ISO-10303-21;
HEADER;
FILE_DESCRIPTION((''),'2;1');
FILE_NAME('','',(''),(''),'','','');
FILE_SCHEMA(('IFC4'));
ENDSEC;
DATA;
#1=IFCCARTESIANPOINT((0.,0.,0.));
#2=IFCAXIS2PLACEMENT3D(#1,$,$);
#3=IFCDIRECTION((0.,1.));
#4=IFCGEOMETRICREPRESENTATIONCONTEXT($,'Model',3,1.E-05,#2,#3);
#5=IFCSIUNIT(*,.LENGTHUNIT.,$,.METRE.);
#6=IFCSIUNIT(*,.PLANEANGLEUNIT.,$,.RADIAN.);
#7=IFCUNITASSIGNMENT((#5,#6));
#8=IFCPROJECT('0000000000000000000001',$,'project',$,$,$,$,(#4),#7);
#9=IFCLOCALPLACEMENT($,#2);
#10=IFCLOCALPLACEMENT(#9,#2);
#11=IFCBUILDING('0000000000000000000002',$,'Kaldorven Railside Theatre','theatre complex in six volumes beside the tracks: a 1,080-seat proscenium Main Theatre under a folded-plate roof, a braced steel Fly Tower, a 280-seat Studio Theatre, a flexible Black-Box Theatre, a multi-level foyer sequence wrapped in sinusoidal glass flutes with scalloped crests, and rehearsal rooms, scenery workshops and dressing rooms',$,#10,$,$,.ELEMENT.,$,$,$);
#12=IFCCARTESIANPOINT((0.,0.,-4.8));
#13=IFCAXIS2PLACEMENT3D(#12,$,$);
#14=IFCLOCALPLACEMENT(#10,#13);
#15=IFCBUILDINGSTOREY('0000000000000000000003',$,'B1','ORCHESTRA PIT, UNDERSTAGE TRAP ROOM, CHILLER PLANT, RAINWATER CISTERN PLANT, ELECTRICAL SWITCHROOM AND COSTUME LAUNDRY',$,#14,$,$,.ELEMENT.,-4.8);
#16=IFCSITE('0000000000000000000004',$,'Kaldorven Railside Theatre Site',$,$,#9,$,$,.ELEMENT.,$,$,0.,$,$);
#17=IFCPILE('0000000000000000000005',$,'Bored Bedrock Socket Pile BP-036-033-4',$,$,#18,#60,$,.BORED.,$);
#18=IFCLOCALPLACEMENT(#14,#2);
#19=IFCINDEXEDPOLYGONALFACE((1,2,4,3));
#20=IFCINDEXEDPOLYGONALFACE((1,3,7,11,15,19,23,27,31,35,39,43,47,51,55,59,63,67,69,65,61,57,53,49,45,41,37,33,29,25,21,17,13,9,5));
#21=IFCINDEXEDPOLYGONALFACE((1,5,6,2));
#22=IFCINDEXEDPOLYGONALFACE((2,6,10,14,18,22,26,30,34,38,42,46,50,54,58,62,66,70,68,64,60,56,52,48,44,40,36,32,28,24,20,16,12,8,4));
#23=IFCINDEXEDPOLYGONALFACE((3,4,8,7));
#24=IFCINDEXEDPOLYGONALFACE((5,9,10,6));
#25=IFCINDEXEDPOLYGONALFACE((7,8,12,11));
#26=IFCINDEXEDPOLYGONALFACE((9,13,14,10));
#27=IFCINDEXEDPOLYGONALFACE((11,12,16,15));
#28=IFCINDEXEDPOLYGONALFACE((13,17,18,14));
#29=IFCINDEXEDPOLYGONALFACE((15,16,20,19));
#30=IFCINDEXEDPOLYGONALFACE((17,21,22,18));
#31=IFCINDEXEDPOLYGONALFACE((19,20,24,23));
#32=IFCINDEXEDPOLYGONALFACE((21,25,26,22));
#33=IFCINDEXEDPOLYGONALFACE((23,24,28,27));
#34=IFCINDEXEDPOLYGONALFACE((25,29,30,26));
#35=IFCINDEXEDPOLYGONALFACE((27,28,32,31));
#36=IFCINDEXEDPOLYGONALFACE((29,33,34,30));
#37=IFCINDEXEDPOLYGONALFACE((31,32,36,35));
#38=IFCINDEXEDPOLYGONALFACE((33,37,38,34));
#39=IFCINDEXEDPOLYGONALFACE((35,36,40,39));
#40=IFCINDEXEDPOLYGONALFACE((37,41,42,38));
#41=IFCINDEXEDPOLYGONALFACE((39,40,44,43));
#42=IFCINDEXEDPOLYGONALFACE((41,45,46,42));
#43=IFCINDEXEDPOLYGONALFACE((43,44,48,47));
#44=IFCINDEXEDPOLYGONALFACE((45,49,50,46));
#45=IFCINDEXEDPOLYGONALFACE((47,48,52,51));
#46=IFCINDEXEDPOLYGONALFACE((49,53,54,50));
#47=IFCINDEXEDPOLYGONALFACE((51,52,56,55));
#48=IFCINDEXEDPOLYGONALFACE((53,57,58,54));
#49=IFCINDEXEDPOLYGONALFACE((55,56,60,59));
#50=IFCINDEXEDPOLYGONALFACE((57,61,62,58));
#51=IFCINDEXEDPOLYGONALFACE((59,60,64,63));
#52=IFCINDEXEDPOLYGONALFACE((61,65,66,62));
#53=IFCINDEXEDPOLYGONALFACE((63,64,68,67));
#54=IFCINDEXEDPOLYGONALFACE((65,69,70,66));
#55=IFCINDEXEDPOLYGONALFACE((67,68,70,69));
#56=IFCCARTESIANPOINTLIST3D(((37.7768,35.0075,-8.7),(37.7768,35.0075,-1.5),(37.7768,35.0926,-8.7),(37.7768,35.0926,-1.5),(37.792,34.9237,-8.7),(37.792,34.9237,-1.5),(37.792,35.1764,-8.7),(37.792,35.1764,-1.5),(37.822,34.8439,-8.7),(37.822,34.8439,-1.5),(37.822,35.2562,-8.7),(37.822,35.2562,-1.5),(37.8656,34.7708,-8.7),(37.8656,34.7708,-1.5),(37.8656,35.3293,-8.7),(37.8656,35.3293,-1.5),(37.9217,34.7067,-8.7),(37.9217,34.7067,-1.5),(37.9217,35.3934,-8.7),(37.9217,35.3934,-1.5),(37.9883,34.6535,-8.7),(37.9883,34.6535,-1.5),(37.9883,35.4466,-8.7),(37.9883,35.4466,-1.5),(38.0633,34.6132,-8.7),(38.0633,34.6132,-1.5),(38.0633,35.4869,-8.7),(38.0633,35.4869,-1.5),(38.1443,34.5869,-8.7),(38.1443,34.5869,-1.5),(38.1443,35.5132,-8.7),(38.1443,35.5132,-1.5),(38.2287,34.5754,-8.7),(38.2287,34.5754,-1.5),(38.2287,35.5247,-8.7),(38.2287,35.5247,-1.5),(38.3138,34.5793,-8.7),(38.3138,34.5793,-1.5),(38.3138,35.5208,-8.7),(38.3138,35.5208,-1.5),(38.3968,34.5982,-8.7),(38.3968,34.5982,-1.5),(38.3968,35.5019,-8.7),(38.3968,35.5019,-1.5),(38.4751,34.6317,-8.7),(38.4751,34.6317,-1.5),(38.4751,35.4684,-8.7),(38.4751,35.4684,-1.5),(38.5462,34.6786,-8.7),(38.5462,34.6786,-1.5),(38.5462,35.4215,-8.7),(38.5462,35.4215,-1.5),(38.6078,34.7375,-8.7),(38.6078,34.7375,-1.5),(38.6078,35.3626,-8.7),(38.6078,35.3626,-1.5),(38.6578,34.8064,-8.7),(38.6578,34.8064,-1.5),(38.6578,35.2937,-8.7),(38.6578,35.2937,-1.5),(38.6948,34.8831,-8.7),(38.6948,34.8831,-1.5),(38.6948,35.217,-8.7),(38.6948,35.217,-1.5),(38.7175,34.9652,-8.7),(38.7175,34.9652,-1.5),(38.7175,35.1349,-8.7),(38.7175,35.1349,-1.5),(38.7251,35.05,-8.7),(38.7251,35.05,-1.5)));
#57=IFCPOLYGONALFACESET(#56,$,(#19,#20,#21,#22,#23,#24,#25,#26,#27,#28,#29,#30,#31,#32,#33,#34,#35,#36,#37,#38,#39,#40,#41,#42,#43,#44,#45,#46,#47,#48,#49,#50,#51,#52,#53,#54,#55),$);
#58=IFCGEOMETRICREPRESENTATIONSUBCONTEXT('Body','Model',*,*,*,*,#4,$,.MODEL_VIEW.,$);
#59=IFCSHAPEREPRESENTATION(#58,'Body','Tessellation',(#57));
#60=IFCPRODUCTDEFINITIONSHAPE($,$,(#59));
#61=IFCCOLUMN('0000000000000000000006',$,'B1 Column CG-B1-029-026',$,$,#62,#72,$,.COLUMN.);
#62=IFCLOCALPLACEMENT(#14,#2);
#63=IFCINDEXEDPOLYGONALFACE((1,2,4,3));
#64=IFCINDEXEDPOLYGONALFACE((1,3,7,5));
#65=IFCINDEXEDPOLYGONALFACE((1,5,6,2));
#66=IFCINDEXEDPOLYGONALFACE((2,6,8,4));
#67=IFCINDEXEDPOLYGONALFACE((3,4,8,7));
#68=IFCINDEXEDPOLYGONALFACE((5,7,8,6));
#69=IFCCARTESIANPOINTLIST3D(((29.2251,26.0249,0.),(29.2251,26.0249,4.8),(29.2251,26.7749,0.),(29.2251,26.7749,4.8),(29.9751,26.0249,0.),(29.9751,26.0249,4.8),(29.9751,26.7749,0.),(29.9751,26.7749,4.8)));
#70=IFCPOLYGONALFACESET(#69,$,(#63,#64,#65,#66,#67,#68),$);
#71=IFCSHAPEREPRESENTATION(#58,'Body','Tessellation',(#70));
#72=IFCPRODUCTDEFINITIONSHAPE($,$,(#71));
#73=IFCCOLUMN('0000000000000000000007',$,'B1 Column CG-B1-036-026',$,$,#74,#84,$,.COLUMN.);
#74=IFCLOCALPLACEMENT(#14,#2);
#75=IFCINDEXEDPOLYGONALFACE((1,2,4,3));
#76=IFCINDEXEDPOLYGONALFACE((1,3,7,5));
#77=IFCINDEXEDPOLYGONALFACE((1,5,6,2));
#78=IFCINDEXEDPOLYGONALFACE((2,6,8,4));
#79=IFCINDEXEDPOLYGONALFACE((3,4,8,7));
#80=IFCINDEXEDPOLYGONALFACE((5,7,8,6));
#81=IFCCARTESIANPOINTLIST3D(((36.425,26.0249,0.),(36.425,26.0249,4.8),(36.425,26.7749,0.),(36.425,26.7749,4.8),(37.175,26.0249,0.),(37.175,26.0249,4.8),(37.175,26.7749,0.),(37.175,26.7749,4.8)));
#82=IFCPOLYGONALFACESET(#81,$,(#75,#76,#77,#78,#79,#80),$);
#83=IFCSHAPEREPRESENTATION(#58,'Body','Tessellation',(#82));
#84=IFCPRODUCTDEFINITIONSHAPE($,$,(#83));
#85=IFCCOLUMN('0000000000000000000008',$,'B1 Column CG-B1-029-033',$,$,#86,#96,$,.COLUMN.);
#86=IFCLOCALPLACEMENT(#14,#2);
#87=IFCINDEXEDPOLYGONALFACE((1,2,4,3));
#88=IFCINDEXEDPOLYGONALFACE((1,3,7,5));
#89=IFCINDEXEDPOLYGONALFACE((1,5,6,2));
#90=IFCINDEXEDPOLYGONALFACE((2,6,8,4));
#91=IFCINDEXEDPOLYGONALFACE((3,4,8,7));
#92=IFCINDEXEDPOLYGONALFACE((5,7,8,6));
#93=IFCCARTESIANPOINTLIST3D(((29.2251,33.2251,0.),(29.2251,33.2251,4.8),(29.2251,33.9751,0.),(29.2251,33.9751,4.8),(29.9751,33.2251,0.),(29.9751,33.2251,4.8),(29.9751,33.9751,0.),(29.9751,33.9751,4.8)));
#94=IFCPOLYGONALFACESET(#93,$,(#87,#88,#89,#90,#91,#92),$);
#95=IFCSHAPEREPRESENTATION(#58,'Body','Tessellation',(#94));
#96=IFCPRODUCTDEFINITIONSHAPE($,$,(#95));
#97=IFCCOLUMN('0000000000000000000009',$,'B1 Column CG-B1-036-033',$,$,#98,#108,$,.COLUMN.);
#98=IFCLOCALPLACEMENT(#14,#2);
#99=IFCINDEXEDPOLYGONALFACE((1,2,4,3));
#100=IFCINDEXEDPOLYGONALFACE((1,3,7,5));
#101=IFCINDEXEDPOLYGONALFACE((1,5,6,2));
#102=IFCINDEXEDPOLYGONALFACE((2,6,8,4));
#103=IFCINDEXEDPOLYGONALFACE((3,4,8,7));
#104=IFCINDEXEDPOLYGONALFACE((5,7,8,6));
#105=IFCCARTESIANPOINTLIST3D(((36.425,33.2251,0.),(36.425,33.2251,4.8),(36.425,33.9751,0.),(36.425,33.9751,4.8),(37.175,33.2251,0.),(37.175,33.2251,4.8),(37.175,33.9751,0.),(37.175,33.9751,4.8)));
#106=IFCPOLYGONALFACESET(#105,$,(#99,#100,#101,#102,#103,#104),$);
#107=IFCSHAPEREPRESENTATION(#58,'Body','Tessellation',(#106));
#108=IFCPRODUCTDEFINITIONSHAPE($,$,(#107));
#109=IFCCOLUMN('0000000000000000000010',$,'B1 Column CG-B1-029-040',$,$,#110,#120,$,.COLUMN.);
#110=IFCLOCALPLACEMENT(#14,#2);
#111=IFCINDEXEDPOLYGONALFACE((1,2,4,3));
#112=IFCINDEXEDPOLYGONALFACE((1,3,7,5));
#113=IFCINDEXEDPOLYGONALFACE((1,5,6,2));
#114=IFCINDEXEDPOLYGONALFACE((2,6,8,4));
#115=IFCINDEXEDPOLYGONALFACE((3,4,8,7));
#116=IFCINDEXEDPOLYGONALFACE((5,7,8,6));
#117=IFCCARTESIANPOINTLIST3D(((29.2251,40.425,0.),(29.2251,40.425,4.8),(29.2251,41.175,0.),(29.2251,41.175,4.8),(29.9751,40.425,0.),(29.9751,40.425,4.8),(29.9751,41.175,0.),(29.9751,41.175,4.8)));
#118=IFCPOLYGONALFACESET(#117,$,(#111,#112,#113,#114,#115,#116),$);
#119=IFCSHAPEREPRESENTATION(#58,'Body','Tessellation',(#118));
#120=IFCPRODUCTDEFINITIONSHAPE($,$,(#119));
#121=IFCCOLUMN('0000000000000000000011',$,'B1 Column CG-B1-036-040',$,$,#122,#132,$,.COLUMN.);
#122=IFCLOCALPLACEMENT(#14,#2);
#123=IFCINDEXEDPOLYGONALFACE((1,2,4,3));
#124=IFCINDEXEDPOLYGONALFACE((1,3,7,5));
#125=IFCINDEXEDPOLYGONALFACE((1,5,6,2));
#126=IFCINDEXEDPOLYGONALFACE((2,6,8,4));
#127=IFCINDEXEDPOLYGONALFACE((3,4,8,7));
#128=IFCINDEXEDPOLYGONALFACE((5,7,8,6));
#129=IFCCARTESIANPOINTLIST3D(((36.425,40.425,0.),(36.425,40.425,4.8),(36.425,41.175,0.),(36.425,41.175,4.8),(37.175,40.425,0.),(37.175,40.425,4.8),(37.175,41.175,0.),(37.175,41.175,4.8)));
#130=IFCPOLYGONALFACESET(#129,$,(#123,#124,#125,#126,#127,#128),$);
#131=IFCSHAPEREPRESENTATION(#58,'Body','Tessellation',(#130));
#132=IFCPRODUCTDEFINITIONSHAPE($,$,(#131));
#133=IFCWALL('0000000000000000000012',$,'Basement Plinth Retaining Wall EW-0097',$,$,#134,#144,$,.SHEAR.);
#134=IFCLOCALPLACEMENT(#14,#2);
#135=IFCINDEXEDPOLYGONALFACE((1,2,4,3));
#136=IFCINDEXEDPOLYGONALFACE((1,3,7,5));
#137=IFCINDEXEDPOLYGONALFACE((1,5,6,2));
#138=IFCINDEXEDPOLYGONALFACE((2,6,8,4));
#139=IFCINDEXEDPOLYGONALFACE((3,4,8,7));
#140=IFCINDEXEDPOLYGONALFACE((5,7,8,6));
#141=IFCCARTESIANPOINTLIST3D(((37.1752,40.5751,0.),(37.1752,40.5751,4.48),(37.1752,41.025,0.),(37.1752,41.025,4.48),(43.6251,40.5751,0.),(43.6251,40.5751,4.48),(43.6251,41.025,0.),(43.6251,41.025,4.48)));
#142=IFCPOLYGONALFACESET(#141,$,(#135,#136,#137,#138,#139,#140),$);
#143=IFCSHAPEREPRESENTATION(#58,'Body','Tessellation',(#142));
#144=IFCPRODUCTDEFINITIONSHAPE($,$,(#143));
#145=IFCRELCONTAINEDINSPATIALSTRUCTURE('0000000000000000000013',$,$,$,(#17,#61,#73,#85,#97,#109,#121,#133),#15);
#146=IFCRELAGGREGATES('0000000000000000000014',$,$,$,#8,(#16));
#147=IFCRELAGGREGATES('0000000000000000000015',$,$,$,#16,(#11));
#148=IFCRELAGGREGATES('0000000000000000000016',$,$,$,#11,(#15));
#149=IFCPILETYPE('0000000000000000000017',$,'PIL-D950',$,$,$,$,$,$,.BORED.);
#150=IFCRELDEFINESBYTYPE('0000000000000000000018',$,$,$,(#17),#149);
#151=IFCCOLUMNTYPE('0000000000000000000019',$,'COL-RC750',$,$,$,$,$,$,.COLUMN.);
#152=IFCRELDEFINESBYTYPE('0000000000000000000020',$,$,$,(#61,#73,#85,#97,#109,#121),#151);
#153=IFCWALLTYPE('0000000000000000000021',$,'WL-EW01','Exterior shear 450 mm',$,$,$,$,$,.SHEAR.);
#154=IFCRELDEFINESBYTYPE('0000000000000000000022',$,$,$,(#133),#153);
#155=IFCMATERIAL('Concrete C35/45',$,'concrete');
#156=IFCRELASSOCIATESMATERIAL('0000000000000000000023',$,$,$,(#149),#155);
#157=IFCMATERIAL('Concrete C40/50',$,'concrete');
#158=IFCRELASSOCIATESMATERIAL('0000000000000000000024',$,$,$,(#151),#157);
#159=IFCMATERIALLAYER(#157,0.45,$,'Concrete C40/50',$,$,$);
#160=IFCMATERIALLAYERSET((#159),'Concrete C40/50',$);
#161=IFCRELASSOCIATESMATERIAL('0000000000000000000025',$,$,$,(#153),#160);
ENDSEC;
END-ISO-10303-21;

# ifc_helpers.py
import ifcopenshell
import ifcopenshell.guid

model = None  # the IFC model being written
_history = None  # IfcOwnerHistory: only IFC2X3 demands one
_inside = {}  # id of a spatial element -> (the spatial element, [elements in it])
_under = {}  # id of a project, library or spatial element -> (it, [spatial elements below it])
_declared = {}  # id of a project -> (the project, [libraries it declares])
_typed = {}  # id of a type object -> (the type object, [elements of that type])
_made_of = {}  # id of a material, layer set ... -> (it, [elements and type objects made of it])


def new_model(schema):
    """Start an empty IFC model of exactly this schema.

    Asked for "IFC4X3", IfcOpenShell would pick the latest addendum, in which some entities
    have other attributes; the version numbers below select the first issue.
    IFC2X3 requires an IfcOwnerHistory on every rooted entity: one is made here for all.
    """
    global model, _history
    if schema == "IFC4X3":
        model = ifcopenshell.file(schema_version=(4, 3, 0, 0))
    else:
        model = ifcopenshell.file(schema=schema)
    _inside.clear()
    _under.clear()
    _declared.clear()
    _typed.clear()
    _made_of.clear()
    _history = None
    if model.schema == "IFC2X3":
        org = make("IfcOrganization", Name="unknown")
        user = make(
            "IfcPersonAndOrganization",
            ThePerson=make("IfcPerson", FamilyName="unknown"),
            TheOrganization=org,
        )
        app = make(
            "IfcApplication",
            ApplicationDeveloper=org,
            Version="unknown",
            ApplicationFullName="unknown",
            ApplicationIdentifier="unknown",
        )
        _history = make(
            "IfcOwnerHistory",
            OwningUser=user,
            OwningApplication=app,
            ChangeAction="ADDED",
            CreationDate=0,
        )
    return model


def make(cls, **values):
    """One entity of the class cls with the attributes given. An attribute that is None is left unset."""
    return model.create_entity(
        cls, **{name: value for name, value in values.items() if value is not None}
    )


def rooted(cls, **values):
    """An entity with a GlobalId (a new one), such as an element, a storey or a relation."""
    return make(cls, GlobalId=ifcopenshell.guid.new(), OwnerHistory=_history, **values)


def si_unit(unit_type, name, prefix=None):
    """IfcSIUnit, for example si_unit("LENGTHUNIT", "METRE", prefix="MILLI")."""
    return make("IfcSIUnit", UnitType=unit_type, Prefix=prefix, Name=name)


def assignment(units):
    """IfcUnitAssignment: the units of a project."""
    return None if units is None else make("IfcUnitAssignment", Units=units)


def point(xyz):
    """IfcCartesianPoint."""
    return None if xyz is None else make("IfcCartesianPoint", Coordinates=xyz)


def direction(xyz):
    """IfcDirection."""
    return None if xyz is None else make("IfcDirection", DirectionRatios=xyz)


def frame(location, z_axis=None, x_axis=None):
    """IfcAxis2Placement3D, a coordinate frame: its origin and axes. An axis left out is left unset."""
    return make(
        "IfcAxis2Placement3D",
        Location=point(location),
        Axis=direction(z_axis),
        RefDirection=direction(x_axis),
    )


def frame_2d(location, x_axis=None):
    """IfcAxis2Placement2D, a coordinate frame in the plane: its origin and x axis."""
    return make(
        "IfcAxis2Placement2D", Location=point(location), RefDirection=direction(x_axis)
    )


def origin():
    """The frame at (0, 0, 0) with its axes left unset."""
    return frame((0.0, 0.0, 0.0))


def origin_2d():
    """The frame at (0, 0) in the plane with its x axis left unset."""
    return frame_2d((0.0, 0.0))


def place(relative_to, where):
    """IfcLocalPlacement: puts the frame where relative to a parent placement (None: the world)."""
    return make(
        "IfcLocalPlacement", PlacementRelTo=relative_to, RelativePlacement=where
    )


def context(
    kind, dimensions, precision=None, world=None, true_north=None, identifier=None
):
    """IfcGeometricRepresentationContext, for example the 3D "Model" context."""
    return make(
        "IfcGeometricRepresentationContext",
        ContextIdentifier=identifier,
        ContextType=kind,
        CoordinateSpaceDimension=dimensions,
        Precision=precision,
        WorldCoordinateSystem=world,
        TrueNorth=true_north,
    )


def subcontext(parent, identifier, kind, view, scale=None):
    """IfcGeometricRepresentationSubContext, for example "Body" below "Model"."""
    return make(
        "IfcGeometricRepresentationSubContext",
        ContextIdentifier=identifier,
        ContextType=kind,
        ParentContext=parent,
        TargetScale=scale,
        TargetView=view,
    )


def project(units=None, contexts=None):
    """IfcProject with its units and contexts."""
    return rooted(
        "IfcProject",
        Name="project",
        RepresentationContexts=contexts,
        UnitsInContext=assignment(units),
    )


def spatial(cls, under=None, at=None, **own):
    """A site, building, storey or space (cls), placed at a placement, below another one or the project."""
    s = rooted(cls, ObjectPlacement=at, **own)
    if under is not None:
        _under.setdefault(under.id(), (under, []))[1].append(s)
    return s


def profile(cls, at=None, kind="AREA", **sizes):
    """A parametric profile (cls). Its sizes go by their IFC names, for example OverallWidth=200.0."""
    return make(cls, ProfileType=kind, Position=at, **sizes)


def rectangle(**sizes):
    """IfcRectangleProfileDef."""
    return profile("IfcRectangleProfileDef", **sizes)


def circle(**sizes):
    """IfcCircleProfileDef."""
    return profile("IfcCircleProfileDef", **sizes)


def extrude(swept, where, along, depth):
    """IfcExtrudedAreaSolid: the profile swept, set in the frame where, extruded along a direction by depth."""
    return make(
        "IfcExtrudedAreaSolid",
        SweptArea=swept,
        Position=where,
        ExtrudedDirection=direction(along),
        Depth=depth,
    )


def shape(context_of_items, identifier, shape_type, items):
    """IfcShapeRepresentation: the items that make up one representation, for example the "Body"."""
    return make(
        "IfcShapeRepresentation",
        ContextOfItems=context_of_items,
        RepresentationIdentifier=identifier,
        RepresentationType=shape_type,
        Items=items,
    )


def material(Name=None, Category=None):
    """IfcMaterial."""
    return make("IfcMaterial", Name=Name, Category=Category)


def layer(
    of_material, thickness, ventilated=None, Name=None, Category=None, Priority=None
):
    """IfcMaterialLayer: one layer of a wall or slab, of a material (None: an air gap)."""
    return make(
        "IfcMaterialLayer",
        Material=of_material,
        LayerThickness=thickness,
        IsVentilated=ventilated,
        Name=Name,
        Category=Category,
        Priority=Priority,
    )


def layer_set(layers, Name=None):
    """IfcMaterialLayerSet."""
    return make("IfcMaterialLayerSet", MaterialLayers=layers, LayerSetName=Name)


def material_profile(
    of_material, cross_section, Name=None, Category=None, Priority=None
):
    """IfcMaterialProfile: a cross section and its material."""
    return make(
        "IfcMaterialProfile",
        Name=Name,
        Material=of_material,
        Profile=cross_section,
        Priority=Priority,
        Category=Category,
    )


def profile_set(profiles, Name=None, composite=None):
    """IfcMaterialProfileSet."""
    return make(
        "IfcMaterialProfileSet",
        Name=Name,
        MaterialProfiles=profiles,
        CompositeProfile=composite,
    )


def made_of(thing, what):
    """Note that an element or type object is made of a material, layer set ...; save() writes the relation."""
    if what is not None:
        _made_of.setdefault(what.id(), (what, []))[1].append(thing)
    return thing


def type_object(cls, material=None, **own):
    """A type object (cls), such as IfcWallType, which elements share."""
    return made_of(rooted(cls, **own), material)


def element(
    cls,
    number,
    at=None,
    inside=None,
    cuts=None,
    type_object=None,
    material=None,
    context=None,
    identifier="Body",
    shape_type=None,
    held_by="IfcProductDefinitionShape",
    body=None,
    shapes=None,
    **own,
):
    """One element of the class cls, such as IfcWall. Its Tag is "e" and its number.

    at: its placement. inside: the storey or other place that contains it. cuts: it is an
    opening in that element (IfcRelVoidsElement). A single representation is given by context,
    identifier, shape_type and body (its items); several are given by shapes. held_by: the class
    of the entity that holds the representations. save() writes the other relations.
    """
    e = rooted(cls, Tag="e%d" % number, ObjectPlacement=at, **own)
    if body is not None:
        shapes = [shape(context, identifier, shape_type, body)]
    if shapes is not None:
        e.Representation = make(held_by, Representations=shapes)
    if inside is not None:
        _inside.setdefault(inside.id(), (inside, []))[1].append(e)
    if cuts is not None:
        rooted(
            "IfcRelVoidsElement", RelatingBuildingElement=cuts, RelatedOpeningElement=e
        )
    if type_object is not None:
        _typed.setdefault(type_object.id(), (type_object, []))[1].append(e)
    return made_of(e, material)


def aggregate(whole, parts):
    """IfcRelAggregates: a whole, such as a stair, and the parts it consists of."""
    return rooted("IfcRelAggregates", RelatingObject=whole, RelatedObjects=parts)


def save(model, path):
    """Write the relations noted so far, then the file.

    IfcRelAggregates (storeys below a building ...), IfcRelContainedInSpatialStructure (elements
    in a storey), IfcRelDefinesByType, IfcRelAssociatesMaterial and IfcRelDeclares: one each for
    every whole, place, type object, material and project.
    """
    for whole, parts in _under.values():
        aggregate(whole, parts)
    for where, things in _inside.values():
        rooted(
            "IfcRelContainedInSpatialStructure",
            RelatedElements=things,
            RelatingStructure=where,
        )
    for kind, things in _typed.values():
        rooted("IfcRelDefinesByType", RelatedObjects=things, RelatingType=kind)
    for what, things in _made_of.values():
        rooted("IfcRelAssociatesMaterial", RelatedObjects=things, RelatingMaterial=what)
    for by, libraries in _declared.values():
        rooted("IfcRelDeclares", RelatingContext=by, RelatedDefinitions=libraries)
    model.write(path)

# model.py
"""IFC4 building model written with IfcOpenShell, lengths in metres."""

from ifc_helpers import new_model, si_unit, direction, frame, frame_2d, origin, origin_2d, place, context, subcontext, project, spatial, rectangle, circle, extrude, material, layer, layer_set, material_profile, profile_set, type_object, element, save


model = new_model("IFC4")

# Units and contexts
model_context = context("Model", 3, precision=1e-05, world=origin(), true_north=direction((0.0, 1.0)))
body_context = subcontext(model_context, "Body", "Model", "MODEL_VIEW")
ifc_project = project(units=[si_unit("LENGTHUNIT", "METRE"), si_unit("PLANEANGLEUNIT", "RADIAN")], contexts=[model_context])

# Site, building, storey
site_placement = place(None, origin())
site = spatial("IfcSite", under=ifc_project, at=site_placement, Name="Kaldorven Railside Theatre Site", CompositionType="ELEMENT", RefElevation=0.0)
building_placement = place(site_placement, origin())
building = spatial("IfcBuilding", under=site, at=building_placement, Name="Kaldorven Railside Theatre", Description="theatre complex in six volumes beside the tracks: a 1,080-seat proscenium Main Theatre under a folded-plate roof, a braced steel Fly Tower, a 280-seat Studio Theatre, a flexible Black-Box Theatre, a multi-level foyer sequence wrapped in sinusoidal glass flutes with scalloped crests, and rehearsal rooms, scenery workshops and dressing rooms", CompositionType="ELEMENT")
storey_placement = place(building_placement, frame((0.0, 0.0, -4.8)))
storey = spatial("IfcBuildingStorey", under=building, at=storey_placement, Name="B1", Description="ORCHESTRA PIT, UNDERSTAGE TRAP ROOM, CHILLER PLANT, RAINWATER CISTERN PLANT, ELECTRICAL SWITCHROOM AND COSTUME LAUNDRY", CompositionType="ELEMENT", Elevation=-4.8)

# Shared definitions
ifc_material_1 = material(Name="Concrete C40/50", Category="concrete")

# Pile
ifc_material_2 = material(Name="Concrete C35/45", Category="concrete")
ifc_material_profile_1 = material_profile(ifc_material_2, circle(Radius=0.4751, at=origin_2d()), Name="BP D950")
ifc_profile_set_1 = profile_set([ifc_material_profile_1], Name="Concrete C35/45")
pile_type_1 = type_object("IfcPileType", Name="PIL-D950", PredefinedType="BORED", material=ifc_profile_set_1)
for number, where, z_axis, x_axis, name in (
    (1, (38.25, 35.05, -1.5), (0.0, 0.0, -1.0), (1.0, 0.0, 0.0), "Bored Bedrock Socket Pile BP-036-033-4"),
):
    element("IfcPile", number, at=place(storey_placement, frame(where, z_axis=z_axis, x_axis=x_axis)), inside=storey, type_object=pile_type_1, Name=name, PredefinedType="BORED", context=body_context, shape_type="SweptSolid", body=[
        extrude(circle(Radius=0.4751, at=origin_2d()), origin(), (0.0, 0.0, 1.0), 7.2),
    ])

# Columns
ifc_material_profile_2 = material_profile(ifc_material_1, rectangle(XDim=0.75, YDim=0.75, at=origin_2d()), Name="RC 750x750")
ifc_profile_set_2 = profile_set([ifc_material_profile_2], Name="Concrete C40/50")
column_type = type_object("IfcColumnType", Name="COL-RC750", PredefinedType="COLUMN", material=ifc_profile_set_2)
for number, where, z_axis, x_axis, name in (
    (2, (29.6001, 26.3999, 0.0), (0.0, 0.0, 1.0), (1.0, 0.0, 0.0), "B1 Column CG-B1-029-026"),
    (3, (36.8, 26.3999, 0.0), (0.0, 0.0, 1.0), (0.0, 1.0, 0.0), "B1 Column CG-B1-036-026"),
    (4, (29.6001, 33.6001, 0.0), (0.0, 0.0, 1.0), (0.0, 1.0, 0.0), "B1 Column CG-B1-029-033"),
    (5, (36.8, 33.6001, 0.0), (0.0, 0.0, 1.0), (1.0, 0.0, 0.0), "B1 Column CG-B1-036-033"),
    (6, (29.6001, 40.8, 0.0), (0.0, 0.0, 1.0), (1.0, 0.0, 0.0), "B1 Column CG-B1-029-040"),
    (7, (36.8, 40.8, 0.0), (0.0, 0.0, 1.0), (0.0, 1.0, 0.0), "B1 Column CG-B1-036-040"),
):
    element("IfcColumn", number, at=place(storey_placement, frame(where, z_axis=z_axis, x_axis=x_axis)), inside=storey, type_object=column_type, Name=name, PredefinedType="COLUMN", context=body_context, shape_type="SweptSolid", body=[
        extrude(rectangle(XDim=0.75, YDim=0.75, at=origin_2d()), origin(), (0.0, 0.0, 1.0), 4.8),
    ])

# Wall
ifc_layer = layer(ifc_material_1, 0.45, Name="Concrete C40/50")
ifc_layer_set = layer_set([ifc_layer], Name="Concrete C40/50")
wall_type = type_object("IfcWallType", Name="WL-EW01", Description="Exterior shear 450 mm", PredefinedType="SHEAR", material=ifc_layer_set)
wall_placement = place(storey_placement, frame((37.175, 40.8, 0.0), z_axis=(0.0, 0.0, 1.0), x_axis=(1.0, 0.0, 0.0)))
element("IfcWall", 8, at=wall_placement, inside=storey, type_object=wall_type, Name="Basement Plinth Retaining Wall EW-0097", PredefinedType="SHEAR", context=body_context, shape_type="SweptSolid", body=[
    extrude(rectangle(XDim=6.45, YDim=0.45, at=frame_2d((3.2251, 0.0))), origin(), (0.0, 0.0, 1.0), 4.48),
])

save(model, "model.ifc")
